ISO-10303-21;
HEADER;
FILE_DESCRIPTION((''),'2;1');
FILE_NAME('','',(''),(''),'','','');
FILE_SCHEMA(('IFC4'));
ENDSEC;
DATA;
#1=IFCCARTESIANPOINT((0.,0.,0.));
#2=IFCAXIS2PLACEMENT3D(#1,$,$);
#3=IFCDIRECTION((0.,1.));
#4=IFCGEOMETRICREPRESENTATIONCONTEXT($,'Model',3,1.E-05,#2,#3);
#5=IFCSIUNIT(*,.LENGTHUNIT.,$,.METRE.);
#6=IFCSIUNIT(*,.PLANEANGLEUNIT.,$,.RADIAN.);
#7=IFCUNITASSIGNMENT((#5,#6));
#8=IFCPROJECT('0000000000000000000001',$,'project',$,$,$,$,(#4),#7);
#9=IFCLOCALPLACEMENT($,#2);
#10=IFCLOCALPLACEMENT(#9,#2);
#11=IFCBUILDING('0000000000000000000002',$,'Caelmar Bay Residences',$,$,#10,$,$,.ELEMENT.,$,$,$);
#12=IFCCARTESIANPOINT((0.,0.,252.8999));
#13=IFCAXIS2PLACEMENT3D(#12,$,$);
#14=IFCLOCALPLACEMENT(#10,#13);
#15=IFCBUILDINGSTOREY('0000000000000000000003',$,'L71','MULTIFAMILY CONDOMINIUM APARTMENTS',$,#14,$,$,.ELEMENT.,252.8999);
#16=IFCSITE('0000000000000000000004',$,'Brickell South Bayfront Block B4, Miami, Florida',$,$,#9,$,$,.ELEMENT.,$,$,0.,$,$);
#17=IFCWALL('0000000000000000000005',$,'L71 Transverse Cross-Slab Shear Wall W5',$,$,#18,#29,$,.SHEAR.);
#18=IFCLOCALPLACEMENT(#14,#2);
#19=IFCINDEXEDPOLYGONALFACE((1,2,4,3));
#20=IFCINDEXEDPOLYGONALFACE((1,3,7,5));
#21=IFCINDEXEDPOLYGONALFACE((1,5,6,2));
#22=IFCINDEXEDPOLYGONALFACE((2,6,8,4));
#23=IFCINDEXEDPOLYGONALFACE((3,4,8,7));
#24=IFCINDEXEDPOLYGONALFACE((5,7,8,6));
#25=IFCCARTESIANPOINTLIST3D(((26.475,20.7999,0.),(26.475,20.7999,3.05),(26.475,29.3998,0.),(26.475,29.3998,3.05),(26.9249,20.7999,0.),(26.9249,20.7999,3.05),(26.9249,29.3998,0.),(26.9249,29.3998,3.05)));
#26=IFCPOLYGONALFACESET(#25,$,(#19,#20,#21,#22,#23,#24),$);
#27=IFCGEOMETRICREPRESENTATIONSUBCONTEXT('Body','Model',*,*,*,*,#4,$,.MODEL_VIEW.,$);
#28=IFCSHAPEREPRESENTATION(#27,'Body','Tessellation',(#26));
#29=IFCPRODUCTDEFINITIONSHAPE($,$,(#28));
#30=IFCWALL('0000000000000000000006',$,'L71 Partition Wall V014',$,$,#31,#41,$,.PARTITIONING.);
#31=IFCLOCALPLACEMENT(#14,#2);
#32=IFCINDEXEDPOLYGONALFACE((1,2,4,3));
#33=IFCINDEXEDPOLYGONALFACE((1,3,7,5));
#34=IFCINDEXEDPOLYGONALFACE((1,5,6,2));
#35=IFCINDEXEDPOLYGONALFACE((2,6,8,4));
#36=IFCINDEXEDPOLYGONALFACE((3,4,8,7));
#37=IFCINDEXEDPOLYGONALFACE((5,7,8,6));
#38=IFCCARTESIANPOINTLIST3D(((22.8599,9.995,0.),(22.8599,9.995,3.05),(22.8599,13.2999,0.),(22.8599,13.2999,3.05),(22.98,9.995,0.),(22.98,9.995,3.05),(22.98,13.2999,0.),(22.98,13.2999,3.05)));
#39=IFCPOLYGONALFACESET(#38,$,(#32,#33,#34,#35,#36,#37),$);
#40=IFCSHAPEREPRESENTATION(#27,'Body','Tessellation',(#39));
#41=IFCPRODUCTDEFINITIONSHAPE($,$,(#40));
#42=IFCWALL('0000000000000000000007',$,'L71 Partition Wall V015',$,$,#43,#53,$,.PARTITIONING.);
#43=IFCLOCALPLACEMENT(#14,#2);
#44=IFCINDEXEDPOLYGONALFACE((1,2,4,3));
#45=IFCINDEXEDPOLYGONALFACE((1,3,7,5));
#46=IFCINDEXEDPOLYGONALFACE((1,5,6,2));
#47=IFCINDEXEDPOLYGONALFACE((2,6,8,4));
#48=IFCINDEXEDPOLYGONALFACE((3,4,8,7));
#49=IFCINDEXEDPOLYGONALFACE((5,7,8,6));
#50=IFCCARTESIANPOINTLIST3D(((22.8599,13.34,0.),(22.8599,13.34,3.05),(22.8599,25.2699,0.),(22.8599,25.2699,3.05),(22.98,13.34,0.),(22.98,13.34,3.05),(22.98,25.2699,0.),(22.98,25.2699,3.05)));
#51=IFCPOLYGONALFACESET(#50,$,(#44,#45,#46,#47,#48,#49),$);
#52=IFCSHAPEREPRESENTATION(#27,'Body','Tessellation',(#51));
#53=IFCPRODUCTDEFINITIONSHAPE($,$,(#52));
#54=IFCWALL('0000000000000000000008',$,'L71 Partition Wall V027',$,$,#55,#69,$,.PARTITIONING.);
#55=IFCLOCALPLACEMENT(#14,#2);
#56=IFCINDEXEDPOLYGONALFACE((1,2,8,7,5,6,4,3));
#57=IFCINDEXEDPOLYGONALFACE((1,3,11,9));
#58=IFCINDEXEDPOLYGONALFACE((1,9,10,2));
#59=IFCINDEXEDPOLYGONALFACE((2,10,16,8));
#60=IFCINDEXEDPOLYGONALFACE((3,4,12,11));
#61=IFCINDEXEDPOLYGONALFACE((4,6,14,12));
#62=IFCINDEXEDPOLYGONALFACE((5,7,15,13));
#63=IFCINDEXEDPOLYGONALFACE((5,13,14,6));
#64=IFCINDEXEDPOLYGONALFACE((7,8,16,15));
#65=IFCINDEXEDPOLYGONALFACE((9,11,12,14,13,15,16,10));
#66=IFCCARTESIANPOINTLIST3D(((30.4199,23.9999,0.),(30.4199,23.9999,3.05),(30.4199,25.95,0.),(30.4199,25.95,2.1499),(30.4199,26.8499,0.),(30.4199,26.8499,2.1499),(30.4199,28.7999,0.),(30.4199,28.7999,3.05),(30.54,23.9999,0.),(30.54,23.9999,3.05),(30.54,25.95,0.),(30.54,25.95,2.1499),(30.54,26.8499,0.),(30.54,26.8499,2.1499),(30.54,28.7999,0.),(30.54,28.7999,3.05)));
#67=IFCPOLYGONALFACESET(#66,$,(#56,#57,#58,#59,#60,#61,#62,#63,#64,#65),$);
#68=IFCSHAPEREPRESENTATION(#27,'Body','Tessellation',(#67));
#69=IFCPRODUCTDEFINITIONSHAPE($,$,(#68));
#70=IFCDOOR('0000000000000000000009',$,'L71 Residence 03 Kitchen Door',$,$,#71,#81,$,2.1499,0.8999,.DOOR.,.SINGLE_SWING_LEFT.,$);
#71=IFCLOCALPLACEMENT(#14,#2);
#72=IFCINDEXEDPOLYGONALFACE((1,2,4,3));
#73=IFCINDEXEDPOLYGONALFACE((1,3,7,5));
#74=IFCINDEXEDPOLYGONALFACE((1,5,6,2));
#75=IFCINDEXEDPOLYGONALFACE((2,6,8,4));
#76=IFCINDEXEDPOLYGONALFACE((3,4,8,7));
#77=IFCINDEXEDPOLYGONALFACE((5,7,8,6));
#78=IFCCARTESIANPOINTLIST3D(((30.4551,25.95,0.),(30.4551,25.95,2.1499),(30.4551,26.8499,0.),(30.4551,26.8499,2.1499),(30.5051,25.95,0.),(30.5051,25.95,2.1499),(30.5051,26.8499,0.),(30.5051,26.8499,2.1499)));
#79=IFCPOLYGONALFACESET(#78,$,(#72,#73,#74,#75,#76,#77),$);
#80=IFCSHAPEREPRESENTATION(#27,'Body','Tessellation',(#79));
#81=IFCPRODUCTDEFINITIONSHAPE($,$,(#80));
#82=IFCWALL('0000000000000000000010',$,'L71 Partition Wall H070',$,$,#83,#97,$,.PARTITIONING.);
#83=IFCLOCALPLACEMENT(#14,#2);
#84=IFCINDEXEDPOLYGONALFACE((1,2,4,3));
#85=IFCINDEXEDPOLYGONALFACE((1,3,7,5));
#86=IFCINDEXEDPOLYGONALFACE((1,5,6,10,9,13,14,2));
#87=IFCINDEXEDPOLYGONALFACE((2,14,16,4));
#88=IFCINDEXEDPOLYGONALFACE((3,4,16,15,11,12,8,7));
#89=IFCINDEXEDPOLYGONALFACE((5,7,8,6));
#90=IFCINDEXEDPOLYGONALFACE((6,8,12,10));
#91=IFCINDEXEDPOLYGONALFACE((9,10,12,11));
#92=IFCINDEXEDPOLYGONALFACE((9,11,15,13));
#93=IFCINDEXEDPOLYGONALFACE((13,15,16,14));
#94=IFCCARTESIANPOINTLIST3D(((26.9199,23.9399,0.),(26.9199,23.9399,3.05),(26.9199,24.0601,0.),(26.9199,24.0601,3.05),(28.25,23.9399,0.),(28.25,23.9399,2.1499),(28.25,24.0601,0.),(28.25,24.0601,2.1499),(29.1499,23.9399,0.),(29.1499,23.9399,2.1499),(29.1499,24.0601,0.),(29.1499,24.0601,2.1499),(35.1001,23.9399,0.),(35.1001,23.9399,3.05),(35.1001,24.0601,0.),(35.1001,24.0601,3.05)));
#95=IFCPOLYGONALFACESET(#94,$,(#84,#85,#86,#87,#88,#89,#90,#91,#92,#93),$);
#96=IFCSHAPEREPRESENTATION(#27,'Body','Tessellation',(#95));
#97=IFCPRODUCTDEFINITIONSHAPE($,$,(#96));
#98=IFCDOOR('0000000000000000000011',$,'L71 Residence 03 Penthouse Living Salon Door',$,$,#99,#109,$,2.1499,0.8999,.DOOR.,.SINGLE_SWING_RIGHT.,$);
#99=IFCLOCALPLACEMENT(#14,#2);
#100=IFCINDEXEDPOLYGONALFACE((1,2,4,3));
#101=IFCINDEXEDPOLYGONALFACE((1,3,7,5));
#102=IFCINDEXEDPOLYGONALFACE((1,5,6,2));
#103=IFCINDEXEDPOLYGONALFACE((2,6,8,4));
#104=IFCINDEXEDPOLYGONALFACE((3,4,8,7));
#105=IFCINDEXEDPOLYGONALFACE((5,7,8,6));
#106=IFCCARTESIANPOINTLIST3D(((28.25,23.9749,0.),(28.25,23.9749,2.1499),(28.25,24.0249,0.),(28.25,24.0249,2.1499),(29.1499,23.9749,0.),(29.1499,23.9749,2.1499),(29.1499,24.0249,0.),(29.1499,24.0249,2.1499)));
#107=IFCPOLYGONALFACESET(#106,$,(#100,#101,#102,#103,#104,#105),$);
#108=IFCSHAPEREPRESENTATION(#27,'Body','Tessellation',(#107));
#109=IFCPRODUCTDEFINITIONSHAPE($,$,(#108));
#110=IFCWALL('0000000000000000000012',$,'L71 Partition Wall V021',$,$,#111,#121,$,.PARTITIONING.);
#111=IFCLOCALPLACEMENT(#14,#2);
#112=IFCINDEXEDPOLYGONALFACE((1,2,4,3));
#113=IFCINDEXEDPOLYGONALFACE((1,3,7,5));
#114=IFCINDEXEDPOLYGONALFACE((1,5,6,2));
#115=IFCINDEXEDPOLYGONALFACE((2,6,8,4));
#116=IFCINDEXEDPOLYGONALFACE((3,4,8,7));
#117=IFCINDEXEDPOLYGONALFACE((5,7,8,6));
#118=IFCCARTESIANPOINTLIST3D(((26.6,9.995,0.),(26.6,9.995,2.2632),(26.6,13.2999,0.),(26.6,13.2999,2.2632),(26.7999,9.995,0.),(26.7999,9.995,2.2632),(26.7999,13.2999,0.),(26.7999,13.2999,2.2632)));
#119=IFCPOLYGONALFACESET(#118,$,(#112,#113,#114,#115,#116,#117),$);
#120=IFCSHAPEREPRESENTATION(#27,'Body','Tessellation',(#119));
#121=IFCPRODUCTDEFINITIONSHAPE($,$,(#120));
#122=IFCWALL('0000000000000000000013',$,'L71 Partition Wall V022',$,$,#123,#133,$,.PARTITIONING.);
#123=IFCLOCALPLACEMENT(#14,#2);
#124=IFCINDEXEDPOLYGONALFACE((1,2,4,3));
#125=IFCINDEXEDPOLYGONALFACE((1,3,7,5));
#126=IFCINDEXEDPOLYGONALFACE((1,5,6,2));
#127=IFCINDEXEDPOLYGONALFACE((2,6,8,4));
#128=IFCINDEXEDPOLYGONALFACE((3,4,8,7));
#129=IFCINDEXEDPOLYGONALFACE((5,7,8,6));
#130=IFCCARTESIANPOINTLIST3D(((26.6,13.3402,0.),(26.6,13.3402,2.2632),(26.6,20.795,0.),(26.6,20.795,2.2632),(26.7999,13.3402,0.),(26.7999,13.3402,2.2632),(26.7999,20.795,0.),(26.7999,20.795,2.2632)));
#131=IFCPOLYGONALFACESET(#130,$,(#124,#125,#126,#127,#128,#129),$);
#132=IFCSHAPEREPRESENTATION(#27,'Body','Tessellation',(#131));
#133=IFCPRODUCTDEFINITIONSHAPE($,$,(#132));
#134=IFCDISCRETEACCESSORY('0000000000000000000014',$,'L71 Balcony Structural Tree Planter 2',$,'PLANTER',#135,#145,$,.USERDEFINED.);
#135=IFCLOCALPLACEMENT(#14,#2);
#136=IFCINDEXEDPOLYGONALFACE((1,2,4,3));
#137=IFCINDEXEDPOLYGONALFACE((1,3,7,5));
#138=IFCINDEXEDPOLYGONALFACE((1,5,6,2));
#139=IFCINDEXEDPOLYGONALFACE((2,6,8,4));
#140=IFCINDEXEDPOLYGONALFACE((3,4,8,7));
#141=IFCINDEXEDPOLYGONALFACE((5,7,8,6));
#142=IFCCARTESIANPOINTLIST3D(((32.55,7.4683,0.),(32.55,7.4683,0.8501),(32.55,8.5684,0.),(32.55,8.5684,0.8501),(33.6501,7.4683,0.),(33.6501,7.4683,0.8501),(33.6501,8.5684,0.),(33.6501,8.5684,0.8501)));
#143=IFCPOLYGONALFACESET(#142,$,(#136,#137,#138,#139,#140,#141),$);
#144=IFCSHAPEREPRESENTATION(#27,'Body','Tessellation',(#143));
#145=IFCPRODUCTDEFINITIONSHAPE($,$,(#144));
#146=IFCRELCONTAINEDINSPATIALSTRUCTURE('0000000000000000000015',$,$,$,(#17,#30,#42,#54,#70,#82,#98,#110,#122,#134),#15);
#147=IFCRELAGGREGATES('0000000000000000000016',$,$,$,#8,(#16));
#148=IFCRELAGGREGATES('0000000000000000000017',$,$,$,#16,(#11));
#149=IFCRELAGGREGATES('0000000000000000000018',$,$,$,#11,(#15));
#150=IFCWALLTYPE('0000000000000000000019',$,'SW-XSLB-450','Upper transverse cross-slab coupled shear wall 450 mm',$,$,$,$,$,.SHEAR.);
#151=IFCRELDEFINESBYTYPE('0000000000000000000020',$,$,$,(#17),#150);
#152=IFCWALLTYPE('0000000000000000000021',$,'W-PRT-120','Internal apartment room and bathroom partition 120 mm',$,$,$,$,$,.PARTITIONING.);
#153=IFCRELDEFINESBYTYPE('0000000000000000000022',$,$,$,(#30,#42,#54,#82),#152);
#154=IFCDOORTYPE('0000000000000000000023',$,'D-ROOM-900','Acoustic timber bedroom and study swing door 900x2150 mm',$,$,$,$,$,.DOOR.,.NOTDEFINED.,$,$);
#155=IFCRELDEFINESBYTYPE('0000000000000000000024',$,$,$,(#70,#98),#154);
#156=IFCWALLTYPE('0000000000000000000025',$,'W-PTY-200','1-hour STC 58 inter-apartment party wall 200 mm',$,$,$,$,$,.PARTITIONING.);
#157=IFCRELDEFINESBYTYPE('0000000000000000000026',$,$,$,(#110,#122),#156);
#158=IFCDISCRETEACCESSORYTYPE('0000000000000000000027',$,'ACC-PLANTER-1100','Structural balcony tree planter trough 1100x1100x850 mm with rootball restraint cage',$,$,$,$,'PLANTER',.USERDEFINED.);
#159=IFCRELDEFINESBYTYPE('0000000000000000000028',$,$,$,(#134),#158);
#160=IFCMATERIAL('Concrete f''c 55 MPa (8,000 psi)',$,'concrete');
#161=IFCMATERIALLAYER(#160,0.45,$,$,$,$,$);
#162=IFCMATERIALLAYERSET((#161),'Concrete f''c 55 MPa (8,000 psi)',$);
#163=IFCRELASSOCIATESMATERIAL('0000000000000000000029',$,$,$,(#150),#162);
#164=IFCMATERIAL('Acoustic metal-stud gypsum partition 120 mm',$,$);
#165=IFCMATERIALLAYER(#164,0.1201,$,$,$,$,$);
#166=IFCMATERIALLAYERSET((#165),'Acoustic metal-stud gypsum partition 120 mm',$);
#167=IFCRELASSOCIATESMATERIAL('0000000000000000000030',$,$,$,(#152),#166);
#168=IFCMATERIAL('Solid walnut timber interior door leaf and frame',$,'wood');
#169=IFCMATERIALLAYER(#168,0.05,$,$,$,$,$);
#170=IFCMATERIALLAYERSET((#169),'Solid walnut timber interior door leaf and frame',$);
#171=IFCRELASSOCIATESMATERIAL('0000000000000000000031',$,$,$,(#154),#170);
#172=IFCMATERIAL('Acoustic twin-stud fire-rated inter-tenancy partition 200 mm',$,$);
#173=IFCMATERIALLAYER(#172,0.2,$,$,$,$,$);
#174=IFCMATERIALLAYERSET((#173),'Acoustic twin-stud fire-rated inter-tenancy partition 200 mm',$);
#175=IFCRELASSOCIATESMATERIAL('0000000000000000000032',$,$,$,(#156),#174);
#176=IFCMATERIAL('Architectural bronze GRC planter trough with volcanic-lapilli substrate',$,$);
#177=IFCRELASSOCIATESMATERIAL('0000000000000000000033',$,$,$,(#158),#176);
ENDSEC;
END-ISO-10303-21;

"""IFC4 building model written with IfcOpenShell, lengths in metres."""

from ifc_helpers import new_model, si_unit, direction, frame, frame_2d, origin, origin_2d, place, context, subcontext, project, spatial, rectangle, extrude, material, layer, layer_set, type_object, element, fill, save


model = new_model("IFC4")

# Units and contexts
model_context = context("Model", 3, precision=1e-05, world=origin(), true_north=direction((0.0, 1.0)))
body_context = subcontext(model_context, "Body", "Model", "MODEL_VIEW")
ifc_project = project(units=[si_unit("LENGTHUNIT", "METRE"), si_unit("PLANEANGLEUNIT", "RADIAN")], contexts=[model_context])

# Site, building, storey
site_placement = place(None, origin())
site = spatial("IfcSite", under=ifc_project, at=site_placement, Name="Brickell South Bayfront Block B4, Miami, Florida", CompositionType="ELEMENT", RefElevation=0.0)
building_placement = place(site_placement, origin())
building = spatial("IfcBuilding", under=site, at=building_placement, Name="Caelmar Bay Residences", CompositionType="ELEMENT")
storey_placement = place(building_placement, frame((0.0, 0.0, 252.8999)))
storey = spatial("IfcBuildingStorey", under=building, at=storey_placement, Name="L71", Description="MULTIFAMILY CONDOMINIUM APARTMENTS", CompositionType="ELEMENT", Elevation=252.8999)

# Shared definitions
ifc_material_1 = material(Name="Concrete f'c 55 MPa (8,000 psi)", Category="concrete")

# Walls
ifc_layer_1 = layer(ifc_material_1, 0.45)
ifc_layer_set_1 = layer_set([ifc_layer_1], Name="Concrete f'c 55 MPa (8,000 psi)")
wall_type_1 = type_object("IfcWallType", Name="SW-XSLB-450", Description="Upper transverse cross-slab coupled shear wall 450 mm", PredefinedType="SHEAR", material=ifc_layer_set_1)
wall_1_placement = place(storey_placement, frame((26.7, 20.8, 0.0), z_axis=(0.0, 0.0, 1.0), x_axis=(0.0, 1.0, 0.0)))
element("IfcWall", 1, at=wall_1_placement, inside=storey, type_object=wall_type_1, Name="L71 Transverse Cross-Slab Shear Wall W5", PredefinedType="SHEAR", context=body_context, shape_type="SweptSolid", body=[
    extrude(rectangle(XDim=8.5999, YDim=0.45, at=frame_2d((4.2998, 0.0))), origin(), (0.0, 0.0, 1.0), 3.05),
])
ifc_material_2 = material(Name="Acoustic metal-stud gypsum partition 120 mm")
ifc_layer_2 = layer(ifc_material_2, 0.1201)
ifc_layer_set_2 = layer_set([ifc_layer_2], Name="Acoustic metal-stud gypsum partition 120 mm")
wall_type_2 = type_object("IfcWallType", Name="W-PRT-120", Description="Internal apartment room and bathroom partition 120 mm", PredefinedType="PARTITIONING", material=ifc_layer_set_2)
wall_2_placement = place(storey_placement, frame((22.9199, 9.9951, 0.0), z_axis=(0.0, 0.0, 1.0), x_axis=(0.0, 1.0, 0.0)))
element("IfcWall", 2, at=wall_2_placement, inside=storey, type_object=wall_type_2, Name="L71 Partition Wall V014", PredefinedType="PARTITIONING", context=body_context, shape_type="SweptSolid", body=[
    extrude(rectangle(XDim=3.3049, YDim=0.1201, at=frame_2d((1.6523, 0.0))), origin(), (0.0, 0.0, 1.0), 3.05),
])
wall_3_placement = place(storey_placement, frame((22.9199, 13.3401, 0.0), z_axis=(0.0, 0.0, 1.0), x_axis=(0.0, 1.0, 0.0)))
element("IfcWall", 3, at=wall_3_placement, inside=storey, type_object=wall_type_2, Name="L71 Partition Wall V015", PredefinedType="PARTITIONING", context=body_context, shape_type="SweptSolid", body=[
    extrude(rectangle(XDim=11.9299, YDim=0.1201, at=frame_2d((5.9648, 0.0))), origin(), (0.0, 0.0, 1.0), 3.05),
])

# Walls, openings, doors
wall_4_placement = place(storey_placement, frame((30.48, 24.0, 0.0), z_axis=(0.0, 0.0, 1.0), x_axis=(0.0, 1.0, 0.0)))
wall_4 = element("IfcWall", 4, at=wall_4_placement, inside=storey, type_object=wall_type_2, Name="L71 Partition Wall V027", PredefinedType="PARTITIONING", context=body_context, shape_type="SweptSolid", body=[
    extrude(rectangle(XDim=4.8, YDim=0.1201, at=frame_2d((2.3999, 0.0))), origin(), (0.0, 0.0, 1.0), 3.05),
])
opening_1_placement = place(wall_4_placement, frame((1.95, 0.0, 0.0)))
opening_1 = element("IfcOpeningElement", 5, at=opening_1_placement, cuts=wall_4, PredefinedType="OPENING", context=body_context, shape_type="SweptSolid", body=[
    extrude(rectangle(XDim=0.8999, YDim=2.1499, at=frame_2d((0.45, 1.075))), frame((0.0, 0.0701, 0.0), z_axis=(0.0, -1.0, 0.0), x_axis=(1.0, 0.0, 0.0)), (0.0, 0.0, 1.0), 0.1401),
])
ifc_material_3 = material(Name="Solid walnut timber interior door leaf and frame", Category="wood")
ifc_layer_3 = layer(ifc_material_3, 0.05)
ifc_layer_set_3 = layer_set([ifc_layer_3], Name="Solid walnut timber interior door leaf and frame")
door_type = type_object("IfcDoorType", Name="D-ROOM-900", Description="Acoustic timber bedroom and study swing door 900x2150 mm", OperationType="NOTDEFINED", PredefinedType="DOOR", material=ifc_layer_set_3)
door_1_placement = place(opening_1_placement, origin())
door_1 = element("IfcDoor", 6, at=door_1_placement, inside=storey, type_object=door_type, Name="L71 Residence 03 Kitchen Door", OperationType="SINGLE_SWING_LEFT", OverallHeight=2.1499, OverallWidth=0.8999, PredefinedType="DOOR", context=body_context, shape_type="SweptSolid", body=[
    extrude(rectangle(XDim=0.8999, YDim=2.1499, at=frame_2d((0.45, 1.075))), frame((0.0, 0.0249, 0.0), z_axis=(0.0, -1.0, 0.0), x_axis=(1.0, 0.0, 0.0)), (0.0, 0.0, 1.0), 0.05),
])
fill(opening_1, door_1)
wall_5_placement = place(storey_placement, frame((26.9199, 24.0, 0.0), z_axis=(0.0, 0.0, 1.0), x_axis=(1.0, 0.0, 0.0)))
wall_5 = element("IfcWall", 7, at=wall_5_placement, inside=storey, type_object=wall_type_2, Name="L71 Partition Wall H070", PredefinedType="PARTITIONING", context=body_context, shape_type="SweptSolid", body=[
    extrude(rectangle(XDim=8.1802, YDim=0.1201, at=frame_2d((4.0901, 0.0))), origin(), (0.0, 0.0, 1.0), 3.05),
])
opening_2_placement = place(wall_5_placement, frame((1.3301, 0.0, 0.0)))
opening_2 = element("IfcOpeningElement", 8, at=opening_2_placement, cuts=wall_5, PredefinedType="OPENING", context=body_context, shape_type="SweptSolid", body=[
    extrude(rectangle(XDim=0.8999, YDim=2.1499, at=frame_2d((0.45, 1.075))), frame((0.0, 0.0701, 0.0), z_axis=(0.0, -1.0, 0.0), x_axis=(1.0, 0.0, 0.0)), (0.0, 0.0, 1.0), 0.1401),
])
door_2_placement = place(opening_2_placement, origin())
door_2 = element("IfcDoor", 9, at=door_2_placement, inside=storey, type_object=door_type, Name="L71 Residence 03 Penthouse Living Salon Door", OperationType="SINGLE_SWING_RIGHT", OverallHeight=2.1499, OverallWidth=0.8999, PredefinedType="DOOR", context=body_context, shape_type="SweptSolid", body=[
    extrude(rectangle(XDim=0.8999, YDim=2.1499, at=frame_2d((0.45, 1.075))), frame((0.0, 0.0249, 0.0), z_axis=(0.0, -1.0, 0.0), x_axis=(1.0, 0.0, 0.0)), (0.0, 0.0, 1.0), 0.05),
])
fill(opening_2, door_2)

# Walls
ifc_material_4 = material(Name="Acoustic twin-stud fire-rated inter-tenancy partition 200 mm")
ifc_layer_4 = layer(ifc_material_4, 0.2)
ifc_layer_set_4 = layer_set([ifc_layer_4], Name="Acoustic twin-stud fire-rated inter-tenancy partition 200 mm")
wall_type_3 = type_object("IfcWallType", Name="W-PTY-200", Description="1-hour STC 58 inter-apartment party wall 200 mm", PredefinedType="PARTITIONING", material=ifc_layer_set_4)
wall_6_placement = place(storey_placement, frame((26.7, 9.9951, 0.0), z_axis=(0.0, 0.0, 1.0), x_axis=(0.0, 1.0, 0.0)))
element("IfcWall", 10, at=wall_6_placement, inside=storey, type_object=wall_type_3, Name="L71 Partition Wall V021", PredefinedType="PARTITIONING", context=body_context, shape_type="SweptSolid", body=[
    extrude(rectangle(XDim=3.3049, YDim=0.2, at=frame_2d((1.6523, 0.0))), origin(), (0.0, 0.0, 1.0), 2.2632),
])
wall_7_placement = place(storey_placement, frame((26.7, 13.3401, 0.0), z_axis=(0.0, 0.0, 1.0), x_axis=(0.0, 1.0, 0.0)))
element("IfcWall", 11, at=wall_7_placement, inside=storey, type_object=wall_type_3, Name="L71 Partition Wall V022", PredefinedType="PARTITIONING", context=body_context, shape_type="SweptSolid", body=[
    extrude(rectangle(XDim=7.4548, YDim=0.2, at=frame_2d((3.7275, 0.0))), origin(), (0.0, 0.0, 1.0), 2.2632),
])

# Discrete accessory
ifc_material_5 = material(Name="Architectural bronze GRC planter trough with volcanic-lapilli substrate")
discrete_accessory_type = type_object("IfcDiscreteAccessoryType", Name="ACC-PLANTER-1100", Description="Structural balcony tree planter trough 1100x1100x850 mm with rootball restraint cage", ElementType="PLANTER", PredefinedType="USERDEFINED", material=ifc_material_5)
discrete_accessory_placement = place(storey_placement, frame((33.1001, 8.0183, 0.0), z_axis=(0.0, 0.0, 1.0), x_axis=(1.0, 0.0, 0.0)))
element("IfcDiscreteAccessory", 12, at=discrete_accessory_placement, inside=storey, type_object=discrete_accessory_type, Name="L71 Balcony Structural Tree Planter 2", ObjectType="PLANTER", PredefinedType="USERDEFINED", context=body_context, shape_type="SweptSolid", body=[
    extrude(rectangle(XDim=1.1001, YDim=1.1001, at=origin_2d()), origin(), (0.0, 0.0, 1.0), 0.8501),
])

save(model, "model.ifc")
